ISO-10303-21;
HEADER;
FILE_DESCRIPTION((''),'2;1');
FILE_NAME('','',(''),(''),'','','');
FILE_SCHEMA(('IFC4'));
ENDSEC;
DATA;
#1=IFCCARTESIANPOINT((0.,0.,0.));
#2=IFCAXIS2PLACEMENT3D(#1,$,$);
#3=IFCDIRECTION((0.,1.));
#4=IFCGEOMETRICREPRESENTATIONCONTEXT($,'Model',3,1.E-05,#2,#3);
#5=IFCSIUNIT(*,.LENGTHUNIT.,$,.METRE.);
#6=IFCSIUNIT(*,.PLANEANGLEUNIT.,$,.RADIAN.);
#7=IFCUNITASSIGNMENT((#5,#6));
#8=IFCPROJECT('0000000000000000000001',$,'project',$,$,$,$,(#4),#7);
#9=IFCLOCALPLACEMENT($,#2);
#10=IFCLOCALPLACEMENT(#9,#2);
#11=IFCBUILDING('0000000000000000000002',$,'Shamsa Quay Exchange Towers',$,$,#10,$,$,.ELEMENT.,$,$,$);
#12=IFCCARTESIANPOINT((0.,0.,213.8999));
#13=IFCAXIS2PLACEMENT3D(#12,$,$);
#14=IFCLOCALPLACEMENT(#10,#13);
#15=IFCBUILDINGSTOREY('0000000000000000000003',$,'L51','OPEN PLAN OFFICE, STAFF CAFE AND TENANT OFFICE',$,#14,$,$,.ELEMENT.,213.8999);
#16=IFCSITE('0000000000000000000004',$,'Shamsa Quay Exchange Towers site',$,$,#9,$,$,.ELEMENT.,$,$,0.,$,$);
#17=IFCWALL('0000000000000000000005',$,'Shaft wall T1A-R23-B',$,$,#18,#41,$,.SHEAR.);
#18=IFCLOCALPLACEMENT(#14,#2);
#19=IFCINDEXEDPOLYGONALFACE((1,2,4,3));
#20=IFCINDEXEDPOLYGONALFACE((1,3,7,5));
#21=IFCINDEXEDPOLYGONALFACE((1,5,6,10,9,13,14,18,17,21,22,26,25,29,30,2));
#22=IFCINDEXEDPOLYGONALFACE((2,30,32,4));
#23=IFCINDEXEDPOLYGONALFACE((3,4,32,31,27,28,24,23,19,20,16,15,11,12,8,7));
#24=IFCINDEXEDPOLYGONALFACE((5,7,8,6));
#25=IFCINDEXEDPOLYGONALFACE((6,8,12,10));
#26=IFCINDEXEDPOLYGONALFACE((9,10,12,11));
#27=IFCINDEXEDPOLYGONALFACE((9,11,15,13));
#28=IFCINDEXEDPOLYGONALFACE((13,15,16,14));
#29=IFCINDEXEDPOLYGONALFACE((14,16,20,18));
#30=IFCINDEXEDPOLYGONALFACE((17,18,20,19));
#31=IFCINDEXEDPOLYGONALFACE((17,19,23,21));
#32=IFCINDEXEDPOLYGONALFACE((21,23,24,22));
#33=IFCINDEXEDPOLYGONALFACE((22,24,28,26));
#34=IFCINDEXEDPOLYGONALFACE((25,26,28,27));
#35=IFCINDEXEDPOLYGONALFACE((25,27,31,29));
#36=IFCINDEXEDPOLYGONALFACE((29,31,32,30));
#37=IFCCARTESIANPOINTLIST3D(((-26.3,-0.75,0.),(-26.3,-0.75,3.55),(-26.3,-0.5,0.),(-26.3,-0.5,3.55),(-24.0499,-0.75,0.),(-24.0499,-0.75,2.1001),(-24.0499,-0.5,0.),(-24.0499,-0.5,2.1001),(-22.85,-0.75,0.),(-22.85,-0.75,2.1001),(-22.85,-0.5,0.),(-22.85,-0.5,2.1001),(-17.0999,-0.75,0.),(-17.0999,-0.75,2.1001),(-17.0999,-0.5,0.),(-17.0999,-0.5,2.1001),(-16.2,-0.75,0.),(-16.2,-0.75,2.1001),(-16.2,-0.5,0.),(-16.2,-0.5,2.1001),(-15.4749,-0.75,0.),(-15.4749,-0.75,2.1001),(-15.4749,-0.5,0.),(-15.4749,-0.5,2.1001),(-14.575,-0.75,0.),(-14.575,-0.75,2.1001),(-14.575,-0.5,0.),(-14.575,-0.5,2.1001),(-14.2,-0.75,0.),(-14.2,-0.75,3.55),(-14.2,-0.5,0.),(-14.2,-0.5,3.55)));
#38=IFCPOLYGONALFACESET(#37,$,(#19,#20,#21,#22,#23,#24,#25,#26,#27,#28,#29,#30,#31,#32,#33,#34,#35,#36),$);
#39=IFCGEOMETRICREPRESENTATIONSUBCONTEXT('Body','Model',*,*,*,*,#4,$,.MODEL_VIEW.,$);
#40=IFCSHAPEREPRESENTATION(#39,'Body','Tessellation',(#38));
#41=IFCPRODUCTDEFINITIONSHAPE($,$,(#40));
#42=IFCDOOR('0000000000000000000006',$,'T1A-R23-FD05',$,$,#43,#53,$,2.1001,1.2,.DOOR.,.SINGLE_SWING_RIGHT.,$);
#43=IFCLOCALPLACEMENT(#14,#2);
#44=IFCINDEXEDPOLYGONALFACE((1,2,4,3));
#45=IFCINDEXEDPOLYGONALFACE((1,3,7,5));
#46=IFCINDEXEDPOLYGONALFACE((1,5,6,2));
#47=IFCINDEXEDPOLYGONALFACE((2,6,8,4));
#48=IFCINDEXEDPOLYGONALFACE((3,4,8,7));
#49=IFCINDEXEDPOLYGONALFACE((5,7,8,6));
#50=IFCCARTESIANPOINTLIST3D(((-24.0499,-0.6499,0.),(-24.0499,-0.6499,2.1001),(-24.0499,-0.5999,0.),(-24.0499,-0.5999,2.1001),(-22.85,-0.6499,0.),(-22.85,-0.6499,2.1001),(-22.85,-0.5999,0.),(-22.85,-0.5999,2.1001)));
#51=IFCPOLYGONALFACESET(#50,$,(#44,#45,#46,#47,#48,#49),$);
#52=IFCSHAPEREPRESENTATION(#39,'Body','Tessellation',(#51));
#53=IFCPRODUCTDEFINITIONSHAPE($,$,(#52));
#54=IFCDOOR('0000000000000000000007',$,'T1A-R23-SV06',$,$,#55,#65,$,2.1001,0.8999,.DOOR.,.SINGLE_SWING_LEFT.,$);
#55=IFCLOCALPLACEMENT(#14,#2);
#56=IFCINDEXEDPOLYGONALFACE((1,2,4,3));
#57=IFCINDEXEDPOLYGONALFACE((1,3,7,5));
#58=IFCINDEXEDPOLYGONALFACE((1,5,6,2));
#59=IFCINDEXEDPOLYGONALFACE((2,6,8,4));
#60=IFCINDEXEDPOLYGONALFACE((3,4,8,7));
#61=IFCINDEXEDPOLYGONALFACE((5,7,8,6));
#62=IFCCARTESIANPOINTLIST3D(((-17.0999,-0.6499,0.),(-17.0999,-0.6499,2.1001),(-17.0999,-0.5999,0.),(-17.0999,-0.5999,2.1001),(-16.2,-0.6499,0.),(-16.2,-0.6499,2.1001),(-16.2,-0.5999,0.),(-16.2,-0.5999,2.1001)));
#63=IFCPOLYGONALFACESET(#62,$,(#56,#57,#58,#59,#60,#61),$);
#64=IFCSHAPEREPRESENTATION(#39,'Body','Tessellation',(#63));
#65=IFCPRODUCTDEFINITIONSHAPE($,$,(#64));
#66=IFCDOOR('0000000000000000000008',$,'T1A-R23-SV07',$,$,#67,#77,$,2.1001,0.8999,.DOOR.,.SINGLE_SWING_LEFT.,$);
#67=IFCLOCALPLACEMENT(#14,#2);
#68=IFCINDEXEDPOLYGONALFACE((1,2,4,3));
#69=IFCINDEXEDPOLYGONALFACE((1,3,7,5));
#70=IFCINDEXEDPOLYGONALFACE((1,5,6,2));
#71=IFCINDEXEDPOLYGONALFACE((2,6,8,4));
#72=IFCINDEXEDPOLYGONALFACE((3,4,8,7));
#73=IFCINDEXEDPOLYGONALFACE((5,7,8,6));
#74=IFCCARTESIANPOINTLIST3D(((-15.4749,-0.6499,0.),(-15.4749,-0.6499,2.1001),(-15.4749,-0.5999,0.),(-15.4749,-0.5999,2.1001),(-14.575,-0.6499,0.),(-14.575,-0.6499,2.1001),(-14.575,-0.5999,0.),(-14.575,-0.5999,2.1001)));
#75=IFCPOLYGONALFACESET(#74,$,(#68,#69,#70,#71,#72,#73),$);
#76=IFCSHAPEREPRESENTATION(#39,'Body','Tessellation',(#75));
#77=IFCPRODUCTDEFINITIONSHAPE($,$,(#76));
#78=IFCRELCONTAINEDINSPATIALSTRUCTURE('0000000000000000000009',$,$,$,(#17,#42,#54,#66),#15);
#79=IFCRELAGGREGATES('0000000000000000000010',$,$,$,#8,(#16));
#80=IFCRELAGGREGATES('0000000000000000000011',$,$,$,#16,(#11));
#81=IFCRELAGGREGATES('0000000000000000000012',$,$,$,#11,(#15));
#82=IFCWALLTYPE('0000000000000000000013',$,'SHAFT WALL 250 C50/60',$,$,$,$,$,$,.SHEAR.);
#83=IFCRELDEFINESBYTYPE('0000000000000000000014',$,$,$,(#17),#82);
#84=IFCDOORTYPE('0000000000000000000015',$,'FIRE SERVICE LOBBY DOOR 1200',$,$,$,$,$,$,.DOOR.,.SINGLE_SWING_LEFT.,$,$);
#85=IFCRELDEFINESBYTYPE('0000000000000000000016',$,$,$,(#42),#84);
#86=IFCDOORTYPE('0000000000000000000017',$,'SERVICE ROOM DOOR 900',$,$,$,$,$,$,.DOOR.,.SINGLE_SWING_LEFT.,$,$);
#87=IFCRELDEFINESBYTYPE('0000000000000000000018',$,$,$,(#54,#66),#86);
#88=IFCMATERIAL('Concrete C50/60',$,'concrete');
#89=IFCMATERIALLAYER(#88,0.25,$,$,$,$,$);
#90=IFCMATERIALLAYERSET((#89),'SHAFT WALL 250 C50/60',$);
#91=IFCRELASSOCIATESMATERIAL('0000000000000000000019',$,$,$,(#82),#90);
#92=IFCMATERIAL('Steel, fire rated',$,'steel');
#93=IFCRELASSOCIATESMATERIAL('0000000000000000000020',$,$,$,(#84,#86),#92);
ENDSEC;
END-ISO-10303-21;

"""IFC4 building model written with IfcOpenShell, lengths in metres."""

from ifc_helpers import new_model, si_unit, direction, frame, frame_2d, origin, place, context, subcontext, project, spatial, rectangle, extrude, material, layer, layer_set, type_object, element, fill, save


model = new_model("IFC4")

# Units and contexts
model_context = context("Model", 3, precision=1e-05, world=origin(), true_north=direction((0.0, 1.0)))
body_context = subcontext(model_context, "Body", "Model", "MODEL_VIEW")
ifc_project = project(units=[si_unit("LENGTHUNIT", "METRE"), si_unit("PLANEANGLEUNIT", "RADIAN")], contexts=[model_context])

# Site, building, storey
site_placement = place(None, origin())
site = spatial("IfcSite", under=ifc_project, at=site_placement, Name="Shamsa Quay Exchange Towers site", CompositionType="ELEMENT", RefElevation=0.0)
building_placement = place(site_placement, origin())
building = spatial("IfcBuilding", under=site, at=building_placement, Name="Shamsa Quay Exchange Towers", CompositionType="ELEMENT")
storey_placement = place(building_placement, frame((0.0, 0.0, 213.8999)))
storey = spatial("IfcBuildingStorey", under=building, at=storey_placement, Name="L51", Description="OPEN PLAN OFFICE, STAFF CAFE AND TENANT OFFICE", CompositionType="ELEMENT", Elevation=213.8999)

# Shared definitions
ifc_material_1 = material(Name="Concrete C50/60", Category="concrete")
ifc_layer_1 = layer(ifc_material_1, 0.25)
ifc_layer_set_1 = layer_set([ifc_layer_1], Name="SHAFT WALL 250 C50/60")
wall_type_1 = type_object("IfcWallType", Name="SHAFT WALL 250 C50/60", PredefinedType="SHEAR", material=ifc_layer_set_1)
ifc_material_2 = material(Name="Steel, fire rated", Category="steel")

# Wall, openings, doors
wall_1_placement = place(storey_placement, frame((-14.2, -0.625, 0.0), z_axis=(0.0, 0.0, 1.0), x_axis=(-1.0, 0.0, 0.0)))
wall_1 = element("IfcWall", 1, at=wall_1_placement, inside=storey, type_object=wall_type_1, Name="Shaft wall T1A-R23-B", PredefinedType="SHEAR", context=body_context, shape_type="SweptSolid", body=[
    extrude(rectangle(XDim=12.1001, YDim=0.25, at=frame_2d((6.05, 0.0))), origin(), (0.0, 0.0, 1.0), 3.55),
])
opening_1_placement = place(wall_1_placement, frame((8.6499, 0.0, 0.0)))
opening_1 = element("IfcOpeningElement", 2, at=opening_1_placement, cuts=wall_1, PredefinedType="OPENING", context=body_context, shape_type="SweptSolid", body=[
    extrude(rectangle(XDim=1.2, YDim=2.1001, at=frame_2d((0.6001, 1.05))), frame((0.0, 0.135, 0.0), z_axis=(0.0, -1.0, 0.0), x_axis=(1.0, 0.0, 0.0)), (0.0, 0.0, 1.0), 0.27),
])
opening_2_placement = place(wall_1_placement, frame((2.0, 0.0, 0.0)))
opening_2 = element("IfcOpeningElement", 3, at=opening_2_placement, cuts=wall_1, PredefinedType="OPENING", context=body_context, shape_type="SweptSolid", body=[
    extrude(rectangle(XDim=0.8999, YDim=2.1001, at=frame_2d((0.45, 1.05))), frame((0.0, 0.135, 0.0), z_axis=(0.0, -1.0, 0.0), x_axis=(1.0, 0.0, 0.0)), (0.0, 0.0, 1.0), 0.27),
])
opening_3_placement = place(wall_1_placement, frame((0.375, 0.0, 0.0)))
opening_3 = element("IfcOpeningElement", 4, at=opening_3_placement, cuts=wall_1, PredefinedType="OPENING", context=body_context, shape_type="SweptSolid", body=[
    extrude(rectangle(XDim=0.8999, YDim=2.1001, at=frame_2d((0.45, 1.05))), frame((0.0, 0.135, 0.0), z_axis=(0.0, -1.0, 0.0), x_axis=(1.0, 0.0, 0.0)), (0.0, 0.0, 1.0), 0.27),
])
door_type_1 = type_object("IfcDoorType", Name="FIRE SERVICE LOBBY DOOR 1200", OperationType="SINGLE_SWING_LEFT", PredefinedType="DOOR", material=ifc_material_2)
door_1_placement = place(opening_1_placement, origin())
door_1 = element("IfcDoor", 5, at=door_1_placement, inside=storey, type_object=door_type_1, Name="T1A-R23-FD05", OperationType="SINGLE_SWING_RIGHT", OverallHeight=2.1001, OverallWidth=1.2, PredefinedType="DOOR", context=body_context, shape_type="SweptSolid", body=[
    extrude(rectangle(XDim=1.2, YDim=2.1001, at=frame_2d((0.6001, 1.05))), frame((0.0, 0.0249, 0.0), z_axis=(0.0, -1.0, 0.0), x_axis=(1.0, 0.0, 0.0)), (0.0, 0.0, 1.0), 0.05),
])
fill(opening_1, door_1)
door_type_2 = type_object("IfcDoorType", Name="SERVICE ROOM DOOR 900", OperationType="SINGLE_SWING_LEFT", PredefinedType="DOOR", material=ifc_material_2)
door_2_placement = place(opening_2_placement, origin())
door_2 = element("IfcDoor", 6, at=door_2_placement, inside=storey, type_object=door_type_2, Name="T1A-R23-SV06", OperationType="SINGLE_SWING_LEFT", OverallHeight=2.1001, OverallWidth=0.8999, PredefinedType="DOOR", context=body_context, shape_type="SweptSolid", body=[
    extrude(rectangle(XDim=0.8999, YDim=2.1001, at=frame_2d((0.45, 1.05))), frame((0.0, 0.0249, 0.0), z_axis=(0.0, -1.0, 0.0), x_axis=(1.0, 0.0, 0.0)), (0.0, 0.0, 1.0), 0.05),
])
fill(opening_2, door_2)
door_3_placement = place(opening_3_placement, origin())
door_3 = element("IfcDoor", 7, at=door_3_placement, inside=storey, type_object=door_type_2, Name="T1A-R23-SV07", OperationType="SINGLE_SWING_LEFT", OverallHeight=2.1001, OverallWidth=0.8999, PredefinedType="DOOR", context=body_context, shape_type="SweptSolid", body=[
    extrude(rectangle(XDim=0.8999, YDim=2.1001, at=frame_2d((0.45, 1.05))), frame((0.0, 0.0249, 0.0), z_axis=(0.0, -1.0, 0.0), x_axis=(1.0, 0.0, 0.0)), (0.0, 0.0, 1.0), 0.05),
])
fill(opening_3, door_3)

save(model, "model.ifc")
